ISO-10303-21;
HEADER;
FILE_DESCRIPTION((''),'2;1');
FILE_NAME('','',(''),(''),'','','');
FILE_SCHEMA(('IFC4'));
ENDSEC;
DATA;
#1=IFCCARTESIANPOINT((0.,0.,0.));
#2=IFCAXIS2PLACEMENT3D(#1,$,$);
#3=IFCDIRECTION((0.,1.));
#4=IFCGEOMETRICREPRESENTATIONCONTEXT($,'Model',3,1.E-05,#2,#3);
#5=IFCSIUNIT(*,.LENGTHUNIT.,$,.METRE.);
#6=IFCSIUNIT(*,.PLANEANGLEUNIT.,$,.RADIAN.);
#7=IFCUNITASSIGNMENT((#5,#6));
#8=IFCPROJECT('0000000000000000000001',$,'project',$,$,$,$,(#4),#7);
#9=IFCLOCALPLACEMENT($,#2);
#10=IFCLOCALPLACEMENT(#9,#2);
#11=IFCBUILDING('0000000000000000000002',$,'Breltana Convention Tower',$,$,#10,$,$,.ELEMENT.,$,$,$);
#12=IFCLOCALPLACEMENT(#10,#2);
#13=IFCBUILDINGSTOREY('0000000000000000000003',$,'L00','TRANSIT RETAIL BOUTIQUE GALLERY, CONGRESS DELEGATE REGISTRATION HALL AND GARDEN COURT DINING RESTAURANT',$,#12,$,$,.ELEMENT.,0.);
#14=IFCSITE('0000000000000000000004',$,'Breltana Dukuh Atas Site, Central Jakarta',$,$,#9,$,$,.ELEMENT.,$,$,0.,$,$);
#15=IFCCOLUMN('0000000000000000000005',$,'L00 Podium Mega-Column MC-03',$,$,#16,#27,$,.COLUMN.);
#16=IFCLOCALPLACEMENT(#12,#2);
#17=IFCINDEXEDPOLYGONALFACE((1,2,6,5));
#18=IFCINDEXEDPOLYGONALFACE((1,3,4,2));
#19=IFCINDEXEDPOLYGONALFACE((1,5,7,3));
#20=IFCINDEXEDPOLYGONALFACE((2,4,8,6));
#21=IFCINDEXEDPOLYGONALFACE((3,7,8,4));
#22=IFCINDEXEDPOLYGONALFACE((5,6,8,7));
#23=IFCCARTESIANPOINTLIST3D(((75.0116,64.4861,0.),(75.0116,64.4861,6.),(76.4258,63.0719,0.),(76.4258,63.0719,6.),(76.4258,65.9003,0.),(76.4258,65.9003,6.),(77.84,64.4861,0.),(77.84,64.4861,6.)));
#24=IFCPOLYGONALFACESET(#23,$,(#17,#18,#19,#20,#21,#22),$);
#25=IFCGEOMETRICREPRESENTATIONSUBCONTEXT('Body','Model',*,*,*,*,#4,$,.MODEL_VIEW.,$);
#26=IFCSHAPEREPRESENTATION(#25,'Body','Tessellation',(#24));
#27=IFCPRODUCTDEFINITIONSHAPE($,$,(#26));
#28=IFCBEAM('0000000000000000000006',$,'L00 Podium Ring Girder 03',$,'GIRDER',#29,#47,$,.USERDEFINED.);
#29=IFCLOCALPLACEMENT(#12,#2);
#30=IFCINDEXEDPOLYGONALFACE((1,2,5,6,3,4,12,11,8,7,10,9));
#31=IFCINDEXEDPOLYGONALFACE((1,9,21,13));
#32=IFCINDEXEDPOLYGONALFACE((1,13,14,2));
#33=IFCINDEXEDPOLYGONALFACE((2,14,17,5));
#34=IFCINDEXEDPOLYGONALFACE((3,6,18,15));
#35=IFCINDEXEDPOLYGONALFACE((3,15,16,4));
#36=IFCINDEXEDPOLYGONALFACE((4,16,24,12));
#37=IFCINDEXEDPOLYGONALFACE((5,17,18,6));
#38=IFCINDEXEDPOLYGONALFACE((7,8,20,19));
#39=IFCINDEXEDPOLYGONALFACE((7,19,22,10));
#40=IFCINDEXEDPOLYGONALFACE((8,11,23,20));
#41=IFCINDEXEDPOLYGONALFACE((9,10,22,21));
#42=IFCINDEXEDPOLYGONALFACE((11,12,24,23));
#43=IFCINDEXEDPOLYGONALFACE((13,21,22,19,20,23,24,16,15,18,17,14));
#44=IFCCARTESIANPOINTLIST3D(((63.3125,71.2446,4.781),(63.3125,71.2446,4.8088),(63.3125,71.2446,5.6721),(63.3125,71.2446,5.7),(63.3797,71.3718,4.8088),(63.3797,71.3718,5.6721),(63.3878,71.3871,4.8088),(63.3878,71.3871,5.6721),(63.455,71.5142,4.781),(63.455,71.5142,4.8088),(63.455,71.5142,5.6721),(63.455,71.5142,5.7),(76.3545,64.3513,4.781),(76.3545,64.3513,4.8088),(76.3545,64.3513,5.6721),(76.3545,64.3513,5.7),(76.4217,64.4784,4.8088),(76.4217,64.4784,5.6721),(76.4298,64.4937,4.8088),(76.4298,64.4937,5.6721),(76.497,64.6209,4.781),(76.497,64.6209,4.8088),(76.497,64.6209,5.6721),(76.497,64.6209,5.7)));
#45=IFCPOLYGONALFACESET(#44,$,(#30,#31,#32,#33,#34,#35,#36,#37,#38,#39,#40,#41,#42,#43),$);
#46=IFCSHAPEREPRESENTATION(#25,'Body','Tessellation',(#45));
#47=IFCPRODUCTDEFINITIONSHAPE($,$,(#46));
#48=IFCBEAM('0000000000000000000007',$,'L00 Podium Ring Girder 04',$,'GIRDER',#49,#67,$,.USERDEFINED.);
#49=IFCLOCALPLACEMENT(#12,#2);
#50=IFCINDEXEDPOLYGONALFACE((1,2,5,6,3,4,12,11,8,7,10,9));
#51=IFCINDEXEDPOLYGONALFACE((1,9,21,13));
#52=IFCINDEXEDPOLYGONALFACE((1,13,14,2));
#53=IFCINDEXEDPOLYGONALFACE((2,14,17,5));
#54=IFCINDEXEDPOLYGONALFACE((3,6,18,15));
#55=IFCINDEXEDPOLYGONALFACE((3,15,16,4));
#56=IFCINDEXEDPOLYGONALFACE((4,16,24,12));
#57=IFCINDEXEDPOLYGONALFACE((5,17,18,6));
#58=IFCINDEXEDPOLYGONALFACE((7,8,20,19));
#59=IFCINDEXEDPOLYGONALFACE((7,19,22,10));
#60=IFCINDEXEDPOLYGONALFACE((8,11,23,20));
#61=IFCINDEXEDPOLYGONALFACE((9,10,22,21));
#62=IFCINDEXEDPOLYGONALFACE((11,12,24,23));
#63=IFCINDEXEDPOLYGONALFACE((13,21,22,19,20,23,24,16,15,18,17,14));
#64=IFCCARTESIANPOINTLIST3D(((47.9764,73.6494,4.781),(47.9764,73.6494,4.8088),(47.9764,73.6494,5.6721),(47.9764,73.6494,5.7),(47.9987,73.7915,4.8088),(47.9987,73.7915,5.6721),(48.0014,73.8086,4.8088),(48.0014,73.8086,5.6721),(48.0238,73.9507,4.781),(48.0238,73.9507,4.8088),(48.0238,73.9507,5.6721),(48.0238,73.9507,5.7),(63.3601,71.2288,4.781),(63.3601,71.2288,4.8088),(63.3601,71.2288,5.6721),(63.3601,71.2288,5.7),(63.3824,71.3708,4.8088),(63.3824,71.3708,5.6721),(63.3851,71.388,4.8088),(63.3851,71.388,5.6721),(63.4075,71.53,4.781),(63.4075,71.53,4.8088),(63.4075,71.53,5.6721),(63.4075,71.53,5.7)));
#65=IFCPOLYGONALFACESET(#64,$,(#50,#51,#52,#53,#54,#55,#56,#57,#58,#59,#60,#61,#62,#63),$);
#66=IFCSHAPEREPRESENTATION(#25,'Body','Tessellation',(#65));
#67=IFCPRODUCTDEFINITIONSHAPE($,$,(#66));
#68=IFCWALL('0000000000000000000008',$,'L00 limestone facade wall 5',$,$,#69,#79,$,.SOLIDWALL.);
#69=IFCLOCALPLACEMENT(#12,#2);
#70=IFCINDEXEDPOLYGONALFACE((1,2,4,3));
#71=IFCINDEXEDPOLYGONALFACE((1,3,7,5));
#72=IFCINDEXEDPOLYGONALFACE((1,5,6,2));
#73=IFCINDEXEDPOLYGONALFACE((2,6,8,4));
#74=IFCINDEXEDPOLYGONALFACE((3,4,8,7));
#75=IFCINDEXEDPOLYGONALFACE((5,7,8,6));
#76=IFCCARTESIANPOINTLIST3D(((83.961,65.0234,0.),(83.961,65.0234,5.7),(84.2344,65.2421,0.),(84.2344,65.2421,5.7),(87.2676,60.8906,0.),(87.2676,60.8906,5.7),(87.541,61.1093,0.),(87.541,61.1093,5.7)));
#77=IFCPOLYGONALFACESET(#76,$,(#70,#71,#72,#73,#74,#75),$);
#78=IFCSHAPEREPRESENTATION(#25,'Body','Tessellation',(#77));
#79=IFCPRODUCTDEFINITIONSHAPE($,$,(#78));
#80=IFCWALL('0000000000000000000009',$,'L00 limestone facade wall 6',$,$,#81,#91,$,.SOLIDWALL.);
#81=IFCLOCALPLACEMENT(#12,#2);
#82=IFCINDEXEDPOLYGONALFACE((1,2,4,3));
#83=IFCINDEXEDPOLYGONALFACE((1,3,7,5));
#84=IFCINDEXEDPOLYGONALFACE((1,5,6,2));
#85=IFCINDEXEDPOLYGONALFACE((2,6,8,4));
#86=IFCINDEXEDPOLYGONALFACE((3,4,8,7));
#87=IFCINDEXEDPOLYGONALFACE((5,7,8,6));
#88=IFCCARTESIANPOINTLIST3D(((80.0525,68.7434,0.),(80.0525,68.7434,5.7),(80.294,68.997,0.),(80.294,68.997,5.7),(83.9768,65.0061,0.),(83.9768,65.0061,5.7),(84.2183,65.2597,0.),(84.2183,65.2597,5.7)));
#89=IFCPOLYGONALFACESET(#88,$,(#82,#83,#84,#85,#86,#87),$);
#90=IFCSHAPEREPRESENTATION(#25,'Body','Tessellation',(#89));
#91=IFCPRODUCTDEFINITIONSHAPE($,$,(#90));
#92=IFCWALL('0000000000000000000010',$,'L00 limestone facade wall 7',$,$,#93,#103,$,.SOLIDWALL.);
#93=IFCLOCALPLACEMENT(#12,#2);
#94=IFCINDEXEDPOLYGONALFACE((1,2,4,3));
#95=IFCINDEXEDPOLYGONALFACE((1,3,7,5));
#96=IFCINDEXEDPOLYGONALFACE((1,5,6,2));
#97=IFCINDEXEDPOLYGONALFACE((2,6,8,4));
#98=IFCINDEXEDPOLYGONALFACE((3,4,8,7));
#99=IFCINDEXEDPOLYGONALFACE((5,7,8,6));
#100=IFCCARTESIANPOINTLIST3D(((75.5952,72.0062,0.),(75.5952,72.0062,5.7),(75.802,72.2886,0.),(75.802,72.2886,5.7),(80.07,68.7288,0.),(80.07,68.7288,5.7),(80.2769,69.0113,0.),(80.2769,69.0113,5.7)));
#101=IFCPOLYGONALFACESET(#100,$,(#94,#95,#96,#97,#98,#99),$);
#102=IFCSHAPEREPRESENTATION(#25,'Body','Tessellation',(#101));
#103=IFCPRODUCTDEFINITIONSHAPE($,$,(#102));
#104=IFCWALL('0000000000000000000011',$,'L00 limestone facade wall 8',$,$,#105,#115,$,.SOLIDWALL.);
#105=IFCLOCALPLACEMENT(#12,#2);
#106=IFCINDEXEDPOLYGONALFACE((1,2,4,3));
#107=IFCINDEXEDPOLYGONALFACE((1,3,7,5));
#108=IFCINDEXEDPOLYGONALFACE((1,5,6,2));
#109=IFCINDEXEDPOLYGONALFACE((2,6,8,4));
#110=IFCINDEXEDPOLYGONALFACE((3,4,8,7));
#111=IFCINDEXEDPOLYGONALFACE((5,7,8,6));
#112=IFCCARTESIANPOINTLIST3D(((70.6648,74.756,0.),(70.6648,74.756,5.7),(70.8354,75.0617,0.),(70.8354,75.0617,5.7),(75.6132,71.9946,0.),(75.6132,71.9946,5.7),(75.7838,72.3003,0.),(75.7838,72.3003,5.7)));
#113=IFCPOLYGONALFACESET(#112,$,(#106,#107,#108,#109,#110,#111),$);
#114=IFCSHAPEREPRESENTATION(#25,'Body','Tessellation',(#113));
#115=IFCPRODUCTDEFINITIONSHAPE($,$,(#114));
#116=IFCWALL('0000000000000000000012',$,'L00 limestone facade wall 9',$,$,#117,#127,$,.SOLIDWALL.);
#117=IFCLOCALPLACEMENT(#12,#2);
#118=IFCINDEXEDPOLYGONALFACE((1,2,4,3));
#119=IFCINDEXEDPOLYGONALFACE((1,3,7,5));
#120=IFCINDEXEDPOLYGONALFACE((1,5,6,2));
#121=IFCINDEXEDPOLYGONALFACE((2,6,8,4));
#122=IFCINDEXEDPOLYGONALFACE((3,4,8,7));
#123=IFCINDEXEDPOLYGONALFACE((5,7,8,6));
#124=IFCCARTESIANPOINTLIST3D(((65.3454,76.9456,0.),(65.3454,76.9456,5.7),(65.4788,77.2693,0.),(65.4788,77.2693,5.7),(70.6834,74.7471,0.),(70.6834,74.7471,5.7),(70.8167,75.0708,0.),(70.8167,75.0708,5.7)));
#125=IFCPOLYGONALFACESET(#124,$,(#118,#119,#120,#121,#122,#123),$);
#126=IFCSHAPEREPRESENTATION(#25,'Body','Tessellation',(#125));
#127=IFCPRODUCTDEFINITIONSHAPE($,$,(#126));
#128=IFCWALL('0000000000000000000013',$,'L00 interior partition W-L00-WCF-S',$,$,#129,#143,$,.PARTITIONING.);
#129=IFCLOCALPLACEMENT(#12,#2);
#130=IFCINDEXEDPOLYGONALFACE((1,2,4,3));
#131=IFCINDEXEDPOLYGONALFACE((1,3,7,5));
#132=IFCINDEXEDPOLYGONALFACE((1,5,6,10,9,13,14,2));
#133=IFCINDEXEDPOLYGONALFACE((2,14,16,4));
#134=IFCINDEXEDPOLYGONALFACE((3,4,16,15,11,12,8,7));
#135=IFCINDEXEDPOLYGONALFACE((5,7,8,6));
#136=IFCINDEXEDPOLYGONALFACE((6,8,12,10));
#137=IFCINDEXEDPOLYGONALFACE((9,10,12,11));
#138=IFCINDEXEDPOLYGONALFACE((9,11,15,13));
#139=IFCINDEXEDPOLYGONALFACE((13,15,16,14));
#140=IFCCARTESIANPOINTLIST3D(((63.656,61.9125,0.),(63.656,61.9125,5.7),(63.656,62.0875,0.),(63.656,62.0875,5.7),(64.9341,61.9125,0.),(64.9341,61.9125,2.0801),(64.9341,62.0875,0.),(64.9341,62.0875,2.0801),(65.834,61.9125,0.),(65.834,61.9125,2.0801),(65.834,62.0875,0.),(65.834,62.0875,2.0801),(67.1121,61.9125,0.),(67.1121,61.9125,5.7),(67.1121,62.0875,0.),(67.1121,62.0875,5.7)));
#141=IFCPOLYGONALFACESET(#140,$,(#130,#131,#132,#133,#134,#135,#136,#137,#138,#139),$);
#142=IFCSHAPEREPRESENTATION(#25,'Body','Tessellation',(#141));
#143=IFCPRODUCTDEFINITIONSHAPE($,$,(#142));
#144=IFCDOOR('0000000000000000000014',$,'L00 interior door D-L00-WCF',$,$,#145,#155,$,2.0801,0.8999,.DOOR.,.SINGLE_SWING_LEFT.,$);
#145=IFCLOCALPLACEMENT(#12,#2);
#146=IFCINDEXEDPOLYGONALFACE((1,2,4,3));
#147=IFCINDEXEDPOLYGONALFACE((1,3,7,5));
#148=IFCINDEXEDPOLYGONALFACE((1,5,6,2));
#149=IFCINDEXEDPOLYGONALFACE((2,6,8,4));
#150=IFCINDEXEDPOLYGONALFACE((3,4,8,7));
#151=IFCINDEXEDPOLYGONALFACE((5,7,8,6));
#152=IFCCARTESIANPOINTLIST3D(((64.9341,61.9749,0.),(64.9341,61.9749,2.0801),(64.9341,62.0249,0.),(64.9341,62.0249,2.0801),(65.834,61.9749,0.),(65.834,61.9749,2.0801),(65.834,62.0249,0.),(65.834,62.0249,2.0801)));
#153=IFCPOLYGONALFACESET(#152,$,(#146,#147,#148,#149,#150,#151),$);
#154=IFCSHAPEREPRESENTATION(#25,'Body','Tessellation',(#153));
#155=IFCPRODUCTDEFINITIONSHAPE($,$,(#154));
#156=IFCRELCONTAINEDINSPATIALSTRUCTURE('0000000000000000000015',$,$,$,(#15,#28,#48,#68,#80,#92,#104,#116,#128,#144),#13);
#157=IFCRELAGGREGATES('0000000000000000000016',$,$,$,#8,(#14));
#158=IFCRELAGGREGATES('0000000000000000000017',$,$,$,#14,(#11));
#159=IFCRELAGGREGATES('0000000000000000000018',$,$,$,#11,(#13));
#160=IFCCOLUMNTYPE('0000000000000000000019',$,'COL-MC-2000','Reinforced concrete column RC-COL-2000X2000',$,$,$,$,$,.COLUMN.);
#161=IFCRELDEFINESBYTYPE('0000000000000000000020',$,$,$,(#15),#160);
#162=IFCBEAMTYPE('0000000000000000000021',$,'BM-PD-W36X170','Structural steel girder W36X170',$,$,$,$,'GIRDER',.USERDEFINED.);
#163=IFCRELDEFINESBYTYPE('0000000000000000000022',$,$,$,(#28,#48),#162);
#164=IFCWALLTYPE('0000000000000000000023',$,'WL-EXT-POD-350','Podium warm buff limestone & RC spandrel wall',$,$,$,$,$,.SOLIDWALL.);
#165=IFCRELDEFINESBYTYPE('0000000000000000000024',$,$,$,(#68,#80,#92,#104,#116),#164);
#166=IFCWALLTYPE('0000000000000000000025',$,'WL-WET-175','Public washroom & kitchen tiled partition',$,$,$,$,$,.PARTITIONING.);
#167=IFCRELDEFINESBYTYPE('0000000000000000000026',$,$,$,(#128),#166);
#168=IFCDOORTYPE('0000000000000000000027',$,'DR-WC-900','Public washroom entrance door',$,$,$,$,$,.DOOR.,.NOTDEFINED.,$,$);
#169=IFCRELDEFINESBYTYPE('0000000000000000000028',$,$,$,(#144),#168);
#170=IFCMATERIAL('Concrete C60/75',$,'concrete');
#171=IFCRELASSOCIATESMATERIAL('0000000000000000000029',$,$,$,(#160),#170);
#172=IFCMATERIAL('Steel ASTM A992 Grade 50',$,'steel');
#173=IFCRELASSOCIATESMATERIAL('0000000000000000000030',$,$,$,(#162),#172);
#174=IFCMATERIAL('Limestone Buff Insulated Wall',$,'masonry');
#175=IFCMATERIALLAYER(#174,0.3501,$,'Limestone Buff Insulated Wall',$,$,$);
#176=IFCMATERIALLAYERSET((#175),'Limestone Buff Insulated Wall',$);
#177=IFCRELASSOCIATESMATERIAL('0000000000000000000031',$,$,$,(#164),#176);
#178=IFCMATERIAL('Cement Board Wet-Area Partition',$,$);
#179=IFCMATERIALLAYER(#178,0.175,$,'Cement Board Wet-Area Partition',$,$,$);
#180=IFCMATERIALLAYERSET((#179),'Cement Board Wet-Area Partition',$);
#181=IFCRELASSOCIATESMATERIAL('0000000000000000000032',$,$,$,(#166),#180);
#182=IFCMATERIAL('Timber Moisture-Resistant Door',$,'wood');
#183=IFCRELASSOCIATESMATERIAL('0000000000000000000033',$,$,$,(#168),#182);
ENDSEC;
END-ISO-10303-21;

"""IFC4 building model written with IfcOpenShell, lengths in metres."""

from ifc_helpers import new_model, si_unit, direction, frame, frame_2d, origin, origin_2d, place, context, subcontext, project, spatial, rectangle, i_section, extrude, source, transform, mapped, material, layer, layer_set, material_profile, profile_set, type_object, type_shapes, element, fill, save


model = new_model("IFC4")

# Units and contexts
model_context = context("Model", 3, precision=1e-05, world=origin(), true_north=direction((0.0, 1.0)))
body_context = subcontext(model_context, "Body", "Model", "MODEL_VIEW")
ifc_project = project(units=[si_unit("LENGTHUNIT", "METRE"), si_unit("PLANEANGLEUNIT", "RADIAN")], contexts=[model_context])

# Site, building, storey
site_placement = place(None, origin())
site = spatial("IfcSite", under=ifc_project, at=site_placement, Name="Breltana Dukuh Atas Site, Central Jakarta", CompositionType="ELEMENT", RefElevation=0.0)
building_placement = place(site_placement, origin())
building = spatial("IfcBuilding", under=site, at=building_placement, Name="Breltana Convention Tower", CompositionType="ELEMENT")
storey_placement = place(building_placement, origin())
storey = spatial("IfcBuildingStorey", under=building, at=storey_placement, Name="L00", Description="TRANSIT RETAIL BOUTIQUE GALLERY, CONGRESS DELEGATE REGISTRATION HALL AND GARDEN COURT DINING RESTAURANT", CompositionType="ELEMENT", Elevation=0.0)

# Column
ifc_material_1 = material(Name="Concrete C60/75", Category="concrete")
ifc_material_profile_1 = material_profile(ifc_material_1, rectangle(XDim=2.0, YDim=2.0, at=origin_2d()), Name="RC-COL-2000X2000")
ifc_profile_set_1 = profile_set([ifc_material_profile_1], Name="Concrete C60/75")
column_type = type_object("IfcColumnType", Name="COL-MC-2000", Description="Reinforced concrete column RC-COL-2000X2000", PredefinedType="COLUMN", material=ifc_profile_set_1)
shared_shape_1 = source(origin(), body_context, "Body", "SweptSolid", [
    extrude(rectangle(XDim=2.0, YDim=2.0, at=origin_2d()), origin(), (0.0, 0.0, 1.0), 6.0),
])
column_placement = place(storey_placement, frame((76.4258, 64.4861, 0.0), z_axis=(0.0, 0.0, 1.0), x_axis=(0.707107, 0.707107, 0.0)))
element("IfcColumn", 1, at=column_placement, inside=storey, type_object=column_type, Name="L00 Podium Mega-Column MC-03", PredefinedType="COLUMN", context=body_context, shape_type="MappedRepresentation", body=[
    mapped(shared_shape_1, transform((0.0, 0.0, 0.0), scale=1.0)),
])

# Beams
ifc_material_2 = material(Name="Steel ASTM A992 Grade 50", Category="steel")
ifc_material_profile_2 = material_profile(ifc_material_2, i_section(OverallWidth=0.3049, OverallDepth=0.9189, WebThickness=0.0173, FlangeThickness=0.0278, at=origin_2d()), Name="W36X170")
ifc_profile_set_2 = profile_set([ifc_material_profile_2], Name="Steel ASTM A992 Grade 50")
beam_type = type_object("IfcBeamType", Name="BM-PD-W36X170", Description="Structural steel girder W36X170", ElementType="GIRDER", PredefinedType="USERDEFINED", material=ifc_profile_set_2)
shared_shape_2 = source(origin(), body_context, "Body", "SweptSolid", [
    extrude(i_section(OverallWidth=0.3049, OverallDepth=0.9189, WebThickness=0.0173, FlangeThickness=0.0278, at=origin_2d()), origin(), (0.0, 0.0, 1.0), 14.7517),
])
beam_1_placement = place(storey_placement, frame((76.4258, 64.4861, 5.2405), z_axis=(-0.884104, 0.467291, 0.0), x_axis=(-0.467291, -0.884104, 0.0)))
element("IfcBeam", 2, at=beam_1_placement, inside=storey, type_object=beam_type, Name="L00 Podium Ring Girder 03", ObjectType="GIRDER", PredefinedType="USERDEFINED", context=body_context, shape_type="MappedRepresentation", body=[
    mapped(shared_shape_2, transform((0.0, 0.0, 0.0), scale=1.0)),
])
shared_shape_3 = source(origin(), body_context, "Body", "SweptSolid", [
    extrude(i_section(OverallWidth=0.3049, OverallDepth=0.9189, WebThickness=0.0173, FlangeThickness=0.0278, at=origin_2d()), origin(), (0.0, 0.0, 1.0), 15.573),
])
beam_2_placement = place(storey_placement, frame((63.3838, 71.3794, 5.2405), z_axis=(-0.987846, 0.155438, 0.0), x_axis=(-0.155438, -0.987846, 0.0)))
element("IfcBeam", 3, at=beam_2_placement, inside=storey, type_object=beam_type, Name="L00 Podium Ring Girder 04", ObjectType="GIRDER", PredefinedType="USERDEFINED", context=body_context, shape_type="MappedRepresentation", body=[
    mapped(shared_shape_3, transform((0.0, 0.0, 0.0), scale=1.0)),
])

# Walls
ifc_material_3 = material(Name="Limestone Buff Insulated Wall", Category="masonry")
ifc_layer_1 = layer(ifc_material_3, 0.3501, Name="Limestone Buff Insulated Wall")
ifc_layer_set_1 = layer_set([ifc_layer_1], Name="Limestone Buff Insulated Wall")
wall_type_1 = type_object("IfcWallType", Name="WL-EXT-POD-350", Description="Podium warm buff limestone & RC spandrel wall", PredefinedType="SOLIDWALL", material=ifc_layer_set_1)
shared_shape_4 = source(origin(), body_context, "Body", "SweptSolid", [
    extrude(rectangle(XDim=5.2927, YDim=0.3501, at=frame_2d((2.6465, 0.0))), origin(), (0.0, 0.0, 1.0), 5.7),
])
wall_1_placement = place(storey_placement, frame((84.0977, 65.1328, 0.0), z_axis=(0.0, 0.0, 1.0), x_axis=(0.62474, -0.780833, 0.0)))
element("IfcWall", 4, at=wall_1_placement, inside=storey, type_object=wall_type_1, Name="L00 limestone facade wall 5", PredefinedType="SOLIDWALL", context=body_context, shape_type="MappedRepresentation", body=[
    mapped(shared_shape_4, transform((0.0, 0.0, 0.0), scale=1.0)),
])
shared_shape_5 = source(origin(), body_context, "Body", "SweptSolid", [
    extrude(rectangle(XDim=5.4192, YDim=0.3501, at=frame_2d((2.7095, 0.0))), origin(), (0.0, 0.0, 1.0), 5.7),
])
wall_2_placement = place(storey_placement, frame((80.1733, 68.8701, 0.0), z_axis=(0.0, 0.0, 1.0), x_axis=(0.724151, -0.689642, 0.0)))
element("IfcWall", 5, at=wall_2_placement, inside=storey, type_object=wall_type_1, Name="L00 limestone facade wall 6", PredefinedType="SOLIDWALL", context=body_context, shape_type="MappedRepresentation", body=[
    mapped(shared_shape_5, transform((0.0, 0.0, 0.0), scale=1.0)),
])
shared_shape_6 = source(origin(), body_context, "Body", "SweptSolid", [
    extrude(rectangle(XDim=5.5466, YDim=0.3501, at=frame_2d((2.7734, 0.0))), origin(), (0.0, 0.0, 1.0), 5.7),
])
wall_3_placement = place(storey_placement, frame((75.6985, 72.1475, 0.0), z_axis=(0.0, 0.0, 1.0), x_axis=(0.806767, -0.590869, 0.0)))
element("IfcWall", 6, at=wall_3_placement, inside=storey, type_object=wall_type_1, Name="L00 limestone facade wall 7", PredefinedType="SOLIDWALL", context=body_context, shape_type="MappedRepresentation", body=[
    mapped(shared_shape_6, transform((0.0, 0.0, 0.0), scale=1.0)),
])
shared_shape_7 = source(origin(), body_context, "Body", "SweptSolid", [
    extrude(rectangle(XDim=5.6667, YDim=0.3501, at=frame_2d((2.8335, 0.0))), origin(), (0.0, 0.0, 1.0), 5.7),
])
wall_4_placement = place(storey_placement, frame((70.75, 74.9089, 0.0), z_axis=(0.0, 0.0, 1.0), x_axis=(0.873233, -0.487303, 0.0)))
element("IfcWall", 7, at=wall_4_placement, inside=storey, type_object=wall_type_1, Name="L00 limestone facade wall 8", PredefinedType="SOLIDWALL", context=body_context, shape_type="MappedRepresentation", body=[
    mapped(shared_shape_7, transform((0.0, 0.0, 0.0), scale=1.0)),
])
shared_shape_8 = source(origin(), body_context, "Body", "SweptSolid", [
    extrude(rectangle(XDim=5.7729, YDim=0.3501, at=frame_2d((2.8865, 0.0))), origin(), (0.0, 0.0, 1.0), 5.7),
])
wall_5_placement = place(storey_placement, frame((65.4121, 77.1074, 0.0), z_axis=(0.0, 0.0, 1.0), x_axis=(0.924646, -0.380829, 0.0)))
element("IfcWall", 8, at=wall_5_placement, inside=storey, type_object=wall_type_1, Name="L00 limestone facade wall 9", PredefinedType="SOLIDWALL", context=body_context, shape_type="MappedRepresentation", body=[
    mapped(shared_shape_8, transform((0.0, 0.0, 0.0), scale=1.0)),
])

# Wall, opening, door
ifc_material_4 = material(Name="Cement Board Wet-Area Partition")
ifc_layer_2 = layer(ifc_material_4, 0.175, Name="Cement Board Wet-Area Partition")
ifc_layer_set_2 = layer_set([ifc_layer_2], Name="Cement Board Wet-Area Partition")
wall_type_2 = type_object("IfcWallType", Name="WL-WET-175", Description="Public washroom & kitchen tiled partition", PredefinedType="PARTITIONING", material=ifc_layer_set_2)
shared_shape_9 = source(origin(), body_context, "Body", "SweptSolid", [
    extrude(rectangle(XDim=3.4561, YDim=0.175, at=frame_2d((1.728, 0.0))), origin(), (0.0, 0.0, 1.0), 5.7),
])
wall_6_placement = place(storey_placement, frame((63.656, 62.0, 0.0), z_axis=(0.0, 0.0, 1.0), x_axis=(1.0, 0.0, 0.0)))
wall_6 = element("IfcWall", 9, at=wall_6_placement, inside=storey, type_object=wall_type_2, Name="L00 interior partition W-L00-WCF-S", PredefinedType="PARTITIONING", context=body_context, shape_type="MappedRepresentation", body=[
    mapped(shared_shape_9, transform((0.0, 0.0, 0.0), scale=1.0)),
])
opening_1_placement = place(wall_6_placement, frame((1.2781, 0.0, 0.0)))
opening_1 = element("IfcOpeningElement", 10, at=opening_1_placement, cuts=wall_6, PredefinedType="OPENING", context=body_context, shape_type="SweptSolid", body=[
    extrude(rectangle(XDim=0.8999, YDim=2.0801, at=frame_2d((0.45, 1.04))), frame((0.0, 0.0977, 0.0), z_axis=(0.0, -1.0, 0.0), x_axis=(1.0, 0.0, 0.0)), (0.0, 0.0, 1.0), 0.1951),
])
ifc_material_5 = material(Name="Timber Moisture-Resistant Door", Category="wood")
door_type_1 = type_object("IfcDoorType", Name="DR-WC-900", Description="Public washroom entrance door", OperationType="NOTDEFINED", PredefinedType="DOOR", material=ifc_material_5)
shared_shape_10 = source(origin(), body_context, "Body", "SweptSolid", [
    extrude(rectangle(XDim=0.8999, YDim=2.0801, at=frame_2d((0.45, 1.04))), frame((0.0, 0.0249, 0.0), z_axis=(0.0, -1.0, 0.0), x_axis=(1.0, 0.0, 0.0)), (0.0, 0.0, 1.0), 0.05),
])
type_shapes(door_type_1, [shared_shape_10])
door_1_placement = place(opening_1_placement, origin())
door_1 = element("IfcDoor", 11, at=door_1_placement, inside=storey, type_object=door_type_1, Name="L00 interior door D-L00-WCF", OperationType="SINGLE_SWING_LEFT", OverallHeight=2.0801, OverallWidth=0.8999, PredefinedType="DOOR", context=body_context, shape_type="MappedRepresentation", body=[
    mapped(shared_shape_10, transform((0.0, 0.0, 0.0), scale=1.0)),
])
fill(opening_1, door_1)

save(model, "model.ifc")
